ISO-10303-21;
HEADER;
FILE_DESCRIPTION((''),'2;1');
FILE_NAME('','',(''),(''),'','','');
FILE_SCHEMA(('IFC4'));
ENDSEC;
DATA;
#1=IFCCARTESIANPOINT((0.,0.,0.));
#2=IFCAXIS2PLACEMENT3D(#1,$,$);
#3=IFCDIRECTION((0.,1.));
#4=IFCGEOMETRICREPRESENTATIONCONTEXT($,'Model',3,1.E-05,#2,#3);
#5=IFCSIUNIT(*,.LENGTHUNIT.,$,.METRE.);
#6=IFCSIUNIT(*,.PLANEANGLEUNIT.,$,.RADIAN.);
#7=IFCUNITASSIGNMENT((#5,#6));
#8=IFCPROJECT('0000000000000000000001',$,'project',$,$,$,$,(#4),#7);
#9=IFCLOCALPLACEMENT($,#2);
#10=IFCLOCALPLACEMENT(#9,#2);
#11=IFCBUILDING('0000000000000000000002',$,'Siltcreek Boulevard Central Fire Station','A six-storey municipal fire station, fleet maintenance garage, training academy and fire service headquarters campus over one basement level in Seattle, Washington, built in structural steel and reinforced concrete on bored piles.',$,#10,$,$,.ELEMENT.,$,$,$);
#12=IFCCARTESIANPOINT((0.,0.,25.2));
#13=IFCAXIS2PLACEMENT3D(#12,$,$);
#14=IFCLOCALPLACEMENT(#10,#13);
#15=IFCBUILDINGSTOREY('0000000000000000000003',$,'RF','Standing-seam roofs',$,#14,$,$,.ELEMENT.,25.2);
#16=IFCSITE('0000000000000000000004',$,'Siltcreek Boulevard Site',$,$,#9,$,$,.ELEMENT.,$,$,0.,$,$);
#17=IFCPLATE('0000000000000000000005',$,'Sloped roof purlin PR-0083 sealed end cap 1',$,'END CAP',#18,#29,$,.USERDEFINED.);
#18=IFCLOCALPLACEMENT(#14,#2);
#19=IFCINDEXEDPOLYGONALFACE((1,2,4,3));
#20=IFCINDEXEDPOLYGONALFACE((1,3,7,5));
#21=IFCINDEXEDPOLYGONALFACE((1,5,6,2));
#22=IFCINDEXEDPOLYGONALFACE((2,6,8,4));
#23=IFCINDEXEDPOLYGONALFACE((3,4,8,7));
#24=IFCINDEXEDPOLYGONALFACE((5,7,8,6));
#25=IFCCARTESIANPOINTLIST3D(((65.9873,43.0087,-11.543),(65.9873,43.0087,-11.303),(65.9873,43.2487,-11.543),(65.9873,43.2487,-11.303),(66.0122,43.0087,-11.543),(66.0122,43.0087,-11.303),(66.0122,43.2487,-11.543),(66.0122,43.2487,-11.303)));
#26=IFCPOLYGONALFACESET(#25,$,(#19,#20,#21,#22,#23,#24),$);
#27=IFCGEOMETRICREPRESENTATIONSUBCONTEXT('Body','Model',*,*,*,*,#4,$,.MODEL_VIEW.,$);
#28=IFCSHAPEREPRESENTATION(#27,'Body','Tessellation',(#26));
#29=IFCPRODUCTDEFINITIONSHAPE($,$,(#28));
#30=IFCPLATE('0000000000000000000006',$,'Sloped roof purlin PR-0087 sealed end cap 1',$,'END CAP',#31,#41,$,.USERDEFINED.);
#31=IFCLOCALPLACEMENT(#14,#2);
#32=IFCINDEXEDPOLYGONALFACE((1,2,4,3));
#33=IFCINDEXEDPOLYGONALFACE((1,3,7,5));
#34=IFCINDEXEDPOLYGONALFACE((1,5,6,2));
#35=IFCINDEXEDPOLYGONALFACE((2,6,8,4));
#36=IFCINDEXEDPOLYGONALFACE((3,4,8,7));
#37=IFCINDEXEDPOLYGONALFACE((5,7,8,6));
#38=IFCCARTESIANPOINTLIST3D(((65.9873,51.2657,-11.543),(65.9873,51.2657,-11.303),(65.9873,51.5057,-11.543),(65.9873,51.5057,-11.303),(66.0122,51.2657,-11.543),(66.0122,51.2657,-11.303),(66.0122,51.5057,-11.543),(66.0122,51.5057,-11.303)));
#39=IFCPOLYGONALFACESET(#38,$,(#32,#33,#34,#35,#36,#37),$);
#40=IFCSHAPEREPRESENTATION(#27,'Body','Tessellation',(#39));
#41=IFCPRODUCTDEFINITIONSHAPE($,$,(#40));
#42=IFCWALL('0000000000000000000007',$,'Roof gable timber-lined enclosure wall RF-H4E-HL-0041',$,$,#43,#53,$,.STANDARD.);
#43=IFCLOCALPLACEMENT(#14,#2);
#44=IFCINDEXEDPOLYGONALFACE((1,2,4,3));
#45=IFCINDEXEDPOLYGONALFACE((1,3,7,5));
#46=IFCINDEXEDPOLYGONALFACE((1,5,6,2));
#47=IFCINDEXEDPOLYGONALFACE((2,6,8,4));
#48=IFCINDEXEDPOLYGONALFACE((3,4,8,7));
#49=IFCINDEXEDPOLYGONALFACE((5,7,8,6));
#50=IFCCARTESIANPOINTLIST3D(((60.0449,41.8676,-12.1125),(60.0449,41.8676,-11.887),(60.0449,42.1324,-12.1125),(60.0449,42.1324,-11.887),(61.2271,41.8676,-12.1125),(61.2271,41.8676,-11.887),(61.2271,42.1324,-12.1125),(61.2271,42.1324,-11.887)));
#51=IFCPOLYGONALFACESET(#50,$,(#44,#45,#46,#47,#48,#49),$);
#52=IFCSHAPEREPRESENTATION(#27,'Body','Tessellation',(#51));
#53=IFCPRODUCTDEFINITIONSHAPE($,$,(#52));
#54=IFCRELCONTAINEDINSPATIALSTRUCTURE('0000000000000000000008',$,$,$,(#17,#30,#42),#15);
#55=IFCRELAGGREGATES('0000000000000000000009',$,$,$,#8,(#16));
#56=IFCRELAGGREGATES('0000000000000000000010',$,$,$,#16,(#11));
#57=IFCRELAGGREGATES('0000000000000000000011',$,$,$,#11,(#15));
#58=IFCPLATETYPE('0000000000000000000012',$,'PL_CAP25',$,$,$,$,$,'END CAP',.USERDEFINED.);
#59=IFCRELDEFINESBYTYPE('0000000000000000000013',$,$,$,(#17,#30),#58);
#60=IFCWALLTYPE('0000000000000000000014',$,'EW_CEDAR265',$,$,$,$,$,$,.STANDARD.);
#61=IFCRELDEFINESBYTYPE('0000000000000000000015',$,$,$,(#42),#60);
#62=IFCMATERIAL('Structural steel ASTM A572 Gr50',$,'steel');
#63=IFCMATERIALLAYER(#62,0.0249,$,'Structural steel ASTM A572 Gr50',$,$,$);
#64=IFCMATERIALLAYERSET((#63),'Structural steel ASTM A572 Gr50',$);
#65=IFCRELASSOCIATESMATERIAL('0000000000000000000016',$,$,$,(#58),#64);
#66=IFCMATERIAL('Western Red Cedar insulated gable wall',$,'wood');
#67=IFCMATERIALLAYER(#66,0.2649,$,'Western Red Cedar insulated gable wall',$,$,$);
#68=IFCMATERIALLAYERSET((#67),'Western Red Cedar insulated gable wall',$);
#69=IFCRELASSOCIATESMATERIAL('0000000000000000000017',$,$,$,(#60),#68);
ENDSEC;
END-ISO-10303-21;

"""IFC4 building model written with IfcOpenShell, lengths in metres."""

from ifc_helpers import new_model, si_unit, direction, frame, frame_2d, origin, origin_2d, place, context, subcontext, project, spatial, rectangle, extrude, material, layer, layer_set, type_object, element, save


model = new_model("IFC4")

# Units and contexts
model_context = context("Model", 3, precision=1e-05, world=origin(), true_north=direction((0.0, 1.0)))
body_context = subcontext(model_context, "Body", "Model", "MODEL_VIEW")
ifc_project = project(units=[si_unit("LENGTHUNIT", "METRE"), si_unit("PLANEANGLEUNIT", "RADIAN")], contexts=[model_context])

# Site, building, storey
site_placement = place(None, origin())
site = spatial("IfcSite", under=ifc_project, at=site_placement, Name="Siltcreek Boulevard Site", CompositionType="ELEMENT", RefElevation=0.0)
building_placement = place(site_placement, origin())
building = spatial("IfcBuilding", under=site, at=building_placement, Name="Siltcreek Boulevard Central Fire Station", Description="A six-storey municipal fire station, fleet maintenance garage, training academy and fire service headquarters campus over one basement level in Seattle, Washington, built in structural steel and reinforced concrete on bored piles.", CompositionType="ELEMENT")
storey_placement = place(building_placement, frame((0.0, 0.0, 25.2)))
storey = spatial("IfcBuildingStorey", under=building, at=storey_placement, Name="RF", Description="Standing-seam roofs", CompositionType="ELEMENT", Elevation=25.2)

# Plates
ifc_material_1 = material(Name="Structural steel ASTM A572 Gr50", Category="steel")
ifc_layer_1 = layer(ifc_material_1, 0.0249, Name="Structural steel ASTM A572 Gr50")
ifc_layer_set_1 = layer_set([ifc_layer_1], Name="Structural steel ASTM A572 Gr50")
plate_type = type_object("IfcPlateType", Name="PL_CAP25", ElementType="END CAP", PredefinedType="USERDEFINED", material=ifc_layer_set_1)
for number, where, z_axis, x_axis, name in (
    (1, (65.9998, 43.1287, -11.543), (0.0, 0.0, 1.0), (1.0, 0.0, 0.0), "Sloped roof purlin PR-0083 sealed end cap 1"),
    (2, (65.9998, 51.3857, -11.543), (0.0, 0.0, 1.0), (1.0, 0.0, 0.0), "Sloped roof purlin PR-0087 sealed end cap 1"),
):
    element("IfcPlate", number, at=place(storey_placement, frame(where, z_axis=z_axis, x_axis=x_axis)), inside=storey, type_object=plate_type, Name=name, ObjectType="END CAP", PredefinedType="USERDEFINED", context=body_context, shape_type="SweptSolid", body=[
        extrude(rectangle(XDim=0.0249, YDim=0.24, at=origin_2d()), origin(), (0.0, 0.0, 1.0), 0.24),
    ])

# Wall
ifc_material_2 = material(Name="Western Red Cedar insulated gable wall", Category="wood")
ifc_layer_2 = layer(ifc_material_2, 0.2649, Name="Western Red Cedar insulated gable wall")
ifc_layer_set_2 = layer_set([ifc_layer_2], Name="Western Red Cedar insulated gable wall")
wall_type = type_object("IfcWallType", Name="EW_CEDAR265", PredefinedType="STANDARD", material=ifc_layer_set_2)
wall_placement = place(storey_placement, frame((61.2271, 42.0, -12.1125), z_axis=(0.0, 0.0, 1.0), x_axis=(-1.0, 0.0, 0.0)))
element("IfcWall", 3, at=wall_placement, inside=storey, type_object=wall_type, Name="Roof gable timber-lined enclosure wall RF-H4E-HL-0041", PredefinedType="STANDARD", context=body_context, shape_type="SweptSolid", body=[
    extrude(rectangle(XDim=1.1821, YDim=0.2649, at=frame_2d((0.5911, 0.0))), origin(), (0.0, 0.0, 1.0), 0.2256),
])

save(model, "model.ifc")
